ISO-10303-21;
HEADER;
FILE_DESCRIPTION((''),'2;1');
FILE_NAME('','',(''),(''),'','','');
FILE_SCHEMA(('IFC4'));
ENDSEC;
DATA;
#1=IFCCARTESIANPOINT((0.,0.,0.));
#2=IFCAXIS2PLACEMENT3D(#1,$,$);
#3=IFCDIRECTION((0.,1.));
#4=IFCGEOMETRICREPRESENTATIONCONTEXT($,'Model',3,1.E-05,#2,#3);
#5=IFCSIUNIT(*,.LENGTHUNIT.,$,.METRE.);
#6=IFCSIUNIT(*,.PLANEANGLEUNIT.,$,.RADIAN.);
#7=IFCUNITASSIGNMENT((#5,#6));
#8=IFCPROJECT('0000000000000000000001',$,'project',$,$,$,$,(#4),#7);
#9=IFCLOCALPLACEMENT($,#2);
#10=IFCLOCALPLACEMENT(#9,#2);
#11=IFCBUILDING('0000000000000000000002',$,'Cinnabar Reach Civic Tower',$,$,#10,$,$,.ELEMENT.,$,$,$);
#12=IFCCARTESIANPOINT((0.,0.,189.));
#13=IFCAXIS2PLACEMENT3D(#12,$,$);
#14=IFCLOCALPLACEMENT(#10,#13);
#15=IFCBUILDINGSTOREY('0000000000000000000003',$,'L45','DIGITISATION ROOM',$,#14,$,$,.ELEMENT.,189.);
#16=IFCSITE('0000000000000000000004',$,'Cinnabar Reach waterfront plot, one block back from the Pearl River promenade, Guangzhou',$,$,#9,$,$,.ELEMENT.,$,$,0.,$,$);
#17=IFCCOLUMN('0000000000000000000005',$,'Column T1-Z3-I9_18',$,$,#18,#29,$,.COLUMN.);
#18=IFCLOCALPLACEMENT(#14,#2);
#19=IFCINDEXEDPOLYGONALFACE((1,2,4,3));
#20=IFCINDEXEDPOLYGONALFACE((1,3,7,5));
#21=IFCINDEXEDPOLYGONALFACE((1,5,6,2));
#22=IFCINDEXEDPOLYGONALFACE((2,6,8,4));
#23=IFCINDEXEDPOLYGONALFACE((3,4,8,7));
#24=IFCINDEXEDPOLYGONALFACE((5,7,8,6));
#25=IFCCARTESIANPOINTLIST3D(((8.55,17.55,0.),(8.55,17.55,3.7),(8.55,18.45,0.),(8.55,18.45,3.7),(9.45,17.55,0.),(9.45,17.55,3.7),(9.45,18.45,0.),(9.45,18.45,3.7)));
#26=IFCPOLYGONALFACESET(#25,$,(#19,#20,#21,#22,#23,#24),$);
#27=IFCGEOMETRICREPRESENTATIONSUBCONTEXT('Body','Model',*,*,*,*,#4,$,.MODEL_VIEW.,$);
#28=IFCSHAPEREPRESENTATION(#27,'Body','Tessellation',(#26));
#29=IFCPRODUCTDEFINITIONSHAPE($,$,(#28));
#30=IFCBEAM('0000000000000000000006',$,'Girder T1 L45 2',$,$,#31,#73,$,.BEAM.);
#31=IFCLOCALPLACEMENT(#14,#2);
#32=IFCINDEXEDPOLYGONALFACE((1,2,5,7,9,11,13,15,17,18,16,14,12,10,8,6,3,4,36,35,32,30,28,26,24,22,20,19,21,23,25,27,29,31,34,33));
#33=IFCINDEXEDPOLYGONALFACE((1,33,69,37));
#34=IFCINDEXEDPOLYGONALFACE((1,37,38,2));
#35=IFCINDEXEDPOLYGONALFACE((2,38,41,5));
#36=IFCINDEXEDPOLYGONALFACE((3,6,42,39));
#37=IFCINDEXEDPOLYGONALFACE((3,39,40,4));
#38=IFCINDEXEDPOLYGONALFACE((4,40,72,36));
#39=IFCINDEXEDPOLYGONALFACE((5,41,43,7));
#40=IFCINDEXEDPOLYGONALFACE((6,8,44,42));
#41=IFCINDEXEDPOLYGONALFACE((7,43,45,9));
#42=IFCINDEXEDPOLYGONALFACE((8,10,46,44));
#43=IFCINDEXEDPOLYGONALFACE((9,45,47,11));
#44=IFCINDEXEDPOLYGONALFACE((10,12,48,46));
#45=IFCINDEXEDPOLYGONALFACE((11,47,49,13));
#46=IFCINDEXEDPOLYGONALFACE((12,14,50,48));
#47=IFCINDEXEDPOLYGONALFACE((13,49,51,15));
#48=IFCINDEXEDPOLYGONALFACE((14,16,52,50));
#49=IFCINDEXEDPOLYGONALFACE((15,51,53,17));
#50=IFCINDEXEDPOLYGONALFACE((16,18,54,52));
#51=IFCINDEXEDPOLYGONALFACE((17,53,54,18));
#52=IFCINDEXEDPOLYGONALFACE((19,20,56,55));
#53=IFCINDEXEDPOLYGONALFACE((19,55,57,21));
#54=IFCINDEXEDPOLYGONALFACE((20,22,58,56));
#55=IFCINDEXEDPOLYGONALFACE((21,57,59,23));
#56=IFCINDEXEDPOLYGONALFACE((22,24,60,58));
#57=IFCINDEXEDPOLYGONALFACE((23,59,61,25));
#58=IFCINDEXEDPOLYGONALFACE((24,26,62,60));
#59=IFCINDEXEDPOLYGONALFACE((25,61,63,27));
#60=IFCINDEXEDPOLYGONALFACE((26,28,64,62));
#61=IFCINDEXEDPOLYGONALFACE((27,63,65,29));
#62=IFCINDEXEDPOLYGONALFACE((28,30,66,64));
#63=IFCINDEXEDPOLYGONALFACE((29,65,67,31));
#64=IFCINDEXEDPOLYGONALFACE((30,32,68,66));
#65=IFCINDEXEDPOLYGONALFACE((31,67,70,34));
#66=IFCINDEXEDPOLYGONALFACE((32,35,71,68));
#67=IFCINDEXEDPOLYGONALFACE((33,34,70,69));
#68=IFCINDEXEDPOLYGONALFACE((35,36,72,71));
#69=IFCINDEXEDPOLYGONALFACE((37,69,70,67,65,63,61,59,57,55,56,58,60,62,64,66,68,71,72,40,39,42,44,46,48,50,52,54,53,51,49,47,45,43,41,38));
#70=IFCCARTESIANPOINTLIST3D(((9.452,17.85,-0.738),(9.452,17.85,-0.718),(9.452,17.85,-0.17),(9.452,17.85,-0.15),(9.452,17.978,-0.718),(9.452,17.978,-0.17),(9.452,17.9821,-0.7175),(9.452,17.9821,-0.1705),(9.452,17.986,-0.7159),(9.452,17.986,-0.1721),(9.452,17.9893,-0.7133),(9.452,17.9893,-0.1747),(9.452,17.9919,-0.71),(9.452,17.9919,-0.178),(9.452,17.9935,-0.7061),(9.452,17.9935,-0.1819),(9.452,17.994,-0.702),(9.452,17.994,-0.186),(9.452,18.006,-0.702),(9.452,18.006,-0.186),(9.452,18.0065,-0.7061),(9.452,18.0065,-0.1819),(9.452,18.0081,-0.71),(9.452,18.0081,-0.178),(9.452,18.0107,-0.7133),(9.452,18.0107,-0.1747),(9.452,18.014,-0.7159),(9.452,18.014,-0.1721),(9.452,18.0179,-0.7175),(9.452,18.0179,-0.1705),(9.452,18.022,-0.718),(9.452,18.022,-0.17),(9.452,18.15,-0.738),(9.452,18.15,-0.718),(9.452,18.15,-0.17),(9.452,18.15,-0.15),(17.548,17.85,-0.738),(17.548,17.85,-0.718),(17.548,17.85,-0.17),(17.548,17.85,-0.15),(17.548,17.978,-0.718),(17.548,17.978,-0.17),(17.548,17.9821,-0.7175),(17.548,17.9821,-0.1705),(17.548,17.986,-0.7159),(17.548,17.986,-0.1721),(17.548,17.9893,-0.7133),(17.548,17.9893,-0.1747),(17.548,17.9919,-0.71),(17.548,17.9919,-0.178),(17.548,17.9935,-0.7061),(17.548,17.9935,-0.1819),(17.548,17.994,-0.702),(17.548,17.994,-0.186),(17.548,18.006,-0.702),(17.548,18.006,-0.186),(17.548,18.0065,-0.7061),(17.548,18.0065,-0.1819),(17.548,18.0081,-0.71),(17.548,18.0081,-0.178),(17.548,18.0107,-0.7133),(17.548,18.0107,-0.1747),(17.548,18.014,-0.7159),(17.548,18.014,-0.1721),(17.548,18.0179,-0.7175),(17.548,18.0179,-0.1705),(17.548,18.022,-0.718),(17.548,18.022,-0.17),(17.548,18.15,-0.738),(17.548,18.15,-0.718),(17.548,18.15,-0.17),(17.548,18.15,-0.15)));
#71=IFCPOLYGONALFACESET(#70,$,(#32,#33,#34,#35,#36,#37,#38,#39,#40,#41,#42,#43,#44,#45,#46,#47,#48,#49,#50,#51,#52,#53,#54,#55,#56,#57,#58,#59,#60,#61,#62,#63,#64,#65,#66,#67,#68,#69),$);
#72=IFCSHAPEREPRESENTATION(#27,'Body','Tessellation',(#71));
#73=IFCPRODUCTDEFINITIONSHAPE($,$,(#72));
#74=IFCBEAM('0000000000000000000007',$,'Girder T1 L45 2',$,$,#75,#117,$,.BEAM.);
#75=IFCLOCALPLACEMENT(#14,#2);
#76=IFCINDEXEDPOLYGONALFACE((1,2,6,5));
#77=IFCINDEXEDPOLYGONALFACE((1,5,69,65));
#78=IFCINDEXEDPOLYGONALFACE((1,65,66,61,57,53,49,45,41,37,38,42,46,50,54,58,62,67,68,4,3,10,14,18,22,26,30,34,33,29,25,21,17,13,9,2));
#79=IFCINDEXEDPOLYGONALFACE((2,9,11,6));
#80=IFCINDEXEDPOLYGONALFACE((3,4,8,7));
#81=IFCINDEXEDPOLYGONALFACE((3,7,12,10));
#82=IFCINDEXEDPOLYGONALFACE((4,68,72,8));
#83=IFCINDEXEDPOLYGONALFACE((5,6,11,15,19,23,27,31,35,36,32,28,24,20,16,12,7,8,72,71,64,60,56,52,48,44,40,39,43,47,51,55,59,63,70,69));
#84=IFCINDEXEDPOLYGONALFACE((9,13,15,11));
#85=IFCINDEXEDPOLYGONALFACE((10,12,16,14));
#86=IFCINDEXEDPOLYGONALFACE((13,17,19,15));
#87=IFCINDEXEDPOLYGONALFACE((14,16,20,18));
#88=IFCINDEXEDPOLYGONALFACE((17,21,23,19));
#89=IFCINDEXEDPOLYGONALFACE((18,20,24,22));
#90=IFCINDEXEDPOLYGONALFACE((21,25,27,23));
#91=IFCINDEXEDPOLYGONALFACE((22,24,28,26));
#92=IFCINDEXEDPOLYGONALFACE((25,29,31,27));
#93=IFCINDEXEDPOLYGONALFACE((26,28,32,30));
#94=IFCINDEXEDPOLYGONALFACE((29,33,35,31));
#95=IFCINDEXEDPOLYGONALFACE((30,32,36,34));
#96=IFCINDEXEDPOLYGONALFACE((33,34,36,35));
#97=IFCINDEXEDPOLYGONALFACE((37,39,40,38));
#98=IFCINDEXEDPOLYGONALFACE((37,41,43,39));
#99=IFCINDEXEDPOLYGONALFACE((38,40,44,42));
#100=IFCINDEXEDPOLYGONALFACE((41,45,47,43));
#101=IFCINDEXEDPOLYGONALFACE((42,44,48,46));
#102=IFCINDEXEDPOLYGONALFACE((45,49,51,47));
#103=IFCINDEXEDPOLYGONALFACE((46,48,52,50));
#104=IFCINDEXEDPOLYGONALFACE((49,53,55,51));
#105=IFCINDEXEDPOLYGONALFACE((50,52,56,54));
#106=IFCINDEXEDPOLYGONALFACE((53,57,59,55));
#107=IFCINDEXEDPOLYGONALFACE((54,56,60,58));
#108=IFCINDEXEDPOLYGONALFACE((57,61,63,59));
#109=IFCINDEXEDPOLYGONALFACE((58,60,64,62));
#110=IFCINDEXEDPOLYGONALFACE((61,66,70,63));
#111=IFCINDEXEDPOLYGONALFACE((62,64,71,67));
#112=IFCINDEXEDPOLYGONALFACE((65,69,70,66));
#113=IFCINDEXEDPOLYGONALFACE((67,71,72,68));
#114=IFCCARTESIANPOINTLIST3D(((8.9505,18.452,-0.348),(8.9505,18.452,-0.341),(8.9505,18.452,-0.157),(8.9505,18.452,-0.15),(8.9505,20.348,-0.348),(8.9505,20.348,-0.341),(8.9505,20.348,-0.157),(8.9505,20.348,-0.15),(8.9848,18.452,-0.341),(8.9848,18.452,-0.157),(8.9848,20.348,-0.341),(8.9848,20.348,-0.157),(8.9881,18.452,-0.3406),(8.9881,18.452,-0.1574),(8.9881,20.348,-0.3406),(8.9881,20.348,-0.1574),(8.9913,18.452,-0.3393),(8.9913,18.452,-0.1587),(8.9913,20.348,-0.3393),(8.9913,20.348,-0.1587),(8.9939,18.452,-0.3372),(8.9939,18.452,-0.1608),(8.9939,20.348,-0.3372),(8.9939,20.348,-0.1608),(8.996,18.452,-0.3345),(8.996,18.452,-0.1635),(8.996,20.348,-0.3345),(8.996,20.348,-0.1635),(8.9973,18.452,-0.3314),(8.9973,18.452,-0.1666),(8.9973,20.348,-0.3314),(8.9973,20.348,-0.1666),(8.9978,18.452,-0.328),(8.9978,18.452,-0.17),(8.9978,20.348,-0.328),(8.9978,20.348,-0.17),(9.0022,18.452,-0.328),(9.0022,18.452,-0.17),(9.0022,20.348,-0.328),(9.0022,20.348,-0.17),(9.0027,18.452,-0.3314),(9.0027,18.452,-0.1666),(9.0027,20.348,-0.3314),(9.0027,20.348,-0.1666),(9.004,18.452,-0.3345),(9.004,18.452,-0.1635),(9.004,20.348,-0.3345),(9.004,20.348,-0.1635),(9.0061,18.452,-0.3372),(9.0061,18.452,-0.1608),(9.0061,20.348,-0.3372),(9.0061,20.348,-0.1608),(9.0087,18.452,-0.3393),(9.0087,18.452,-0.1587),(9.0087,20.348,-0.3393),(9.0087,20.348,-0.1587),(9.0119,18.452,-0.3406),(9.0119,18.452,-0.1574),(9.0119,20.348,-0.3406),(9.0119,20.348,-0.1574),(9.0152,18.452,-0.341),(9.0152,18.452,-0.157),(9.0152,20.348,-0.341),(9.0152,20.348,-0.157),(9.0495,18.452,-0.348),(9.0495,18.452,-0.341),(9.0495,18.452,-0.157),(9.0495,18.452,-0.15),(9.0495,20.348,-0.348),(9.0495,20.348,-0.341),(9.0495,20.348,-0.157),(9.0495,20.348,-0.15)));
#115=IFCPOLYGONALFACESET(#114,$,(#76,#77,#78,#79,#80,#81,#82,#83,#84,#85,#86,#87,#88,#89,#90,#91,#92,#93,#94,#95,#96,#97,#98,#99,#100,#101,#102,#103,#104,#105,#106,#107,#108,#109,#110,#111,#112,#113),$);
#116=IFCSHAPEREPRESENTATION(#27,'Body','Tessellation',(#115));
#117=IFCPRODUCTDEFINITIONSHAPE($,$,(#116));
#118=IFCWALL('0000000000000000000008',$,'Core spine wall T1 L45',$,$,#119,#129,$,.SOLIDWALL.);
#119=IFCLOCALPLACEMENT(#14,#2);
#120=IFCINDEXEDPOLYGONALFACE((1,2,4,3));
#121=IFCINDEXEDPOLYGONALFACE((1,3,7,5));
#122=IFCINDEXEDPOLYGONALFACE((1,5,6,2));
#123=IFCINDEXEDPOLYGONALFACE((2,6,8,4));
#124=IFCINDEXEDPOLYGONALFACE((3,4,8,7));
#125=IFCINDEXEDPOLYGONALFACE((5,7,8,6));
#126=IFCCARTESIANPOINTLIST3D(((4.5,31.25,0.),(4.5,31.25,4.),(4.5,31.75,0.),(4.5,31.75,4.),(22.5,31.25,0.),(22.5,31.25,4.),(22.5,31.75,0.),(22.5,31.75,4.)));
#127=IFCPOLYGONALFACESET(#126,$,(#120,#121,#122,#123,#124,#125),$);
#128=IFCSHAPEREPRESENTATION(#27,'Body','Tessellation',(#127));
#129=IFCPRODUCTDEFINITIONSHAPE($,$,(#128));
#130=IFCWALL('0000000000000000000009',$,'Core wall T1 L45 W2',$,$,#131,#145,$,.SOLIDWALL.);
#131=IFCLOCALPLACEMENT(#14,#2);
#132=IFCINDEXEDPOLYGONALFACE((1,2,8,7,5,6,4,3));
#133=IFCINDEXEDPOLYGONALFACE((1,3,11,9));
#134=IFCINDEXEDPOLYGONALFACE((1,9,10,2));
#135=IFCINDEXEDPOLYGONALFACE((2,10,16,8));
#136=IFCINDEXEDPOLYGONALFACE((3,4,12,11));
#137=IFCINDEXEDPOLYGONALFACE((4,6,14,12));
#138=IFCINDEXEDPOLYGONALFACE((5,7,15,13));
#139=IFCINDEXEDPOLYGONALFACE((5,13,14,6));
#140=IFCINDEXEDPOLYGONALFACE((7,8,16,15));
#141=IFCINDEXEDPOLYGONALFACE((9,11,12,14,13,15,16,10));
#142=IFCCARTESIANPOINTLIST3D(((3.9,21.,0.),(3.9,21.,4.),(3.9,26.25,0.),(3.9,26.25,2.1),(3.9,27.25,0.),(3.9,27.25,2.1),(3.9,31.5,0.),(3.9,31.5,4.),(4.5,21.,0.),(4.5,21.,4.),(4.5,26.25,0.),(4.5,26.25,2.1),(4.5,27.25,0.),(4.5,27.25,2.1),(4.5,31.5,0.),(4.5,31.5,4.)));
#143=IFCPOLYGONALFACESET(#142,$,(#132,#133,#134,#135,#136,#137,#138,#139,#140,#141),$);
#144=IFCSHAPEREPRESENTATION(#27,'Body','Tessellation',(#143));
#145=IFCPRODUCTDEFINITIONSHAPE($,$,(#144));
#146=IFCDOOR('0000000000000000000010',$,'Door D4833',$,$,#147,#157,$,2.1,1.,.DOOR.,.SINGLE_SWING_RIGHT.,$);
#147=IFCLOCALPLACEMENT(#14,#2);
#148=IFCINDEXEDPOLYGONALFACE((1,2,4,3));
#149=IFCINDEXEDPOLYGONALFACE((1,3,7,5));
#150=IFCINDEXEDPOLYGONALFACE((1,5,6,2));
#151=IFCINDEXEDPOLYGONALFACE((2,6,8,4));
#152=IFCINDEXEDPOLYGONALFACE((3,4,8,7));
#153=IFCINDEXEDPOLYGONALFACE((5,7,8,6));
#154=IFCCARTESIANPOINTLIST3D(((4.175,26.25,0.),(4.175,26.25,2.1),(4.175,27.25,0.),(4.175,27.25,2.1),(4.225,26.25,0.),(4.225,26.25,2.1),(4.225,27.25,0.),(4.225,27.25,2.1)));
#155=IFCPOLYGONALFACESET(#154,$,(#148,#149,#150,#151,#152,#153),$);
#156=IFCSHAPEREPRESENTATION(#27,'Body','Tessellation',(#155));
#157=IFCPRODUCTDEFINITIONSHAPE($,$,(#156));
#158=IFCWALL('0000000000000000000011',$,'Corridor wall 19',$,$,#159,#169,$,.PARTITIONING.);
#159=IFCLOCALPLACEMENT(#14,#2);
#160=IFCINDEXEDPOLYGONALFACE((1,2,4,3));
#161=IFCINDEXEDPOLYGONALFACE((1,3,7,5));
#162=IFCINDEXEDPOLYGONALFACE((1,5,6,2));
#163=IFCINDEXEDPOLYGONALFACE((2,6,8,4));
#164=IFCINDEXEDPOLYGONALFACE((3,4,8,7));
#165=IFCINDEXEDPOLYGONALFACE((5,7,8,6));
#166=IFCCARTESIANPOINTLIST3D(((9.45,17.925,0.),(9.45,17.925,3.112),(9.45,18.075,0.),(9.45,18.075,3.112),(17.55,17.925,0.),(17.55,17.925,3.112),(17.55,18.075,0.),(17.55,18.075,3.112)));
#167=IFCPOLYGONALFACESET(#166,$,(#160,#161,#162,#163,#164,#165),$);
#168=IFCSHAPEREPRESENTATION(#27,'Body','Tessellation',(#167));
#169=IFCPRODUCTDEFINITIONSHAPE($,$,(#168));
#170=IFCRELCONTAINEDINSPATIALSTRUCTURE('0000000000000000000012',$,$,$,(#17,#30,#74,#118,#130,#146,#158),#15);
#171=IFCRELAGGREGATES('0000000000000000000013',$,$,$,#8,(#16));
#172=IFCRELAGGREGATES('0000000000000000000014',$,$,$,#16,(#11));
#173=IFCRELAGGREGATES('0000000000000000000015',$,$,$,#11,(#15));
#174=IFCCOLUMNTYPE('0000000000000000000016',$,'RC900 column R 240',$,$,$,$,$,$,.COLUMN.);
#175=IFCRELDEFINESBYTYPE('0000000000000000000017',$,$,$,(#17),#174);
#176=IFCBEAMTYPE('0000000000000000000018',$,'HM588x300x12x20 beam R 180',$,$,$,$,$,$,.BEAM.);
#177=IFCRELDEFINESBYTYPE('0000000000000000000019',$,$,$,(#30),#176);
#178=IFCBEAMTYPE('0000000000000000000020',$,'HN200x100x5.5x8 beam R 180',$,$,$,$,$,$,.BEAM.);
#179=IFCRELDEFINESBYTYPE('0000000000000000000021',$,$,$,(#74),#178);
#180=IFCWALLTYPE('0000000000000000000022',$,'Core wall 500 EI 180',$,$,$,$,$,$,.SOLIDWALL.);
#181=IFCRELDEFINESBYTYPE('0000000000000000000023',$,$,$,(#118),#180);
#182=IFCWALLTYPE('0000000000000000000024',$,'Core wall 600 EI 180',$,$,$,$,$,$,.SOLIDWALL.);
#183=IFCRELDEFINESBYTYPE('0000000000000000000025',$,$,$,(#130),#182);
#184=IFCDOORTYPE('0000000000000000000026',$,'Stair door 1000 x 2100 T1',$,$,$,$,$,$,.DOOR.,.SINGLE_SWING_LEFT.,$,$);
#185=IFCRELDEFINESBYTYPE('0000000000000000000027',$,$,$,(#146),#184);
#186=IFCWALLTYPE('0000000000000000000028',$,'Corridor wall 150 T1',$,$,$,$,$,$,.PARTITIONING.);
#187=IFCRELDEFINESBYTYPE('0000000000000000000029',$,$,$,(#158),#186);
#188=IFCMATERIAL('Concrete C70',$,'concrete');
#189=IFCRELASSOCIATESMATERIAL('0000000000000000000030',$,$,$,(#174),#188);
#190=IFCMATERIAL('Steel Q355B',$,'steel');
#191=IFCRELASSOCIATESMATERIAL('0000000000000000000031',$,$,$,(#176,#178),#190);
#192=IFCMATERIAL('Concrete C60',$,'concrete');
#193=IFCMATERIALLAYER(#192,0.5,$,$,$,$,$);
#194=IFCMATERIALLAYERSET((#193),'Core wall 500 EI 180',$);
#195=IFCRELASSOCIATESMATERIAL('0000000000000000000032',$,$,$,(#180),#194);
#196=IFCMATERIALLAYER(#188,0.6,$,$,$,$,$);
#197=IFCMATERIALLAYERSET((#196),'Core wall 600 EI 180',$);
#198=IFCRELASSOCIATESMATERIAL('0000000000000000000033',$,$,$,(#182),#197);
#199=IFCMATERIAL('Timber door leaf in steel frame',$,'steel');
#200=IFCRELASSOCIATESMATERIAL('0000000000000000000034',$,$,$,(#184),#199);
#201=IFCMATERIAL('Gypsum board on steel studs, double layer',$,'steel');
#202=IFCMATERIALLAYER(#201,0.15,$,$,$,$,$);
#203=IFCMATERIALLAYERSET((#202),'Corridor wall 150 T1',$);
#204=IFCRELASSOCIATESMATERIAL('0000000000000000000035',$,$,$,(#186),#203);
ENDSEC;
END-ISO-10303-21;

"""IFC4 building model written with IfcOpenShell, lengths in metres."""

from ifc_helpers import new_model, si_unit, direction, frame, frame_2d, origin, origin_2d, place, context, subcontext, project, spatial, rectangle, i_section, extrude, material, layer, layer_set, material_profile, profile_set, type_object, element, fill, save


model = new_model("IFC4")

# Units and contexts
model_context = context("Model", 3, precision=1e-05, world=origin(), true_north=direction((0.0, 1.0)))
body_context = subcontext(model_context, "Body", "Model", "MODEL_VIEW")
ifc_project = project(units=[si_unit("LENGTHUNIT", "METRE"), si_unit("PLANEANGLEUNIT", "RADIAN")], contexts=[model_context])

# Site, building, storey
site_placement = place(None, origin())
site = spatial("IfcSite", under=ifc_project, at=site_placement, Name="Cinnabar Reach waterfront plot, one block back from the Pearl River promenade, Guangzhou", CompositionType="ELEMENT", RefElevation=0.0)
building_placement = place(site_placement, origin())
building = spatial("IfcBuilding", under=site, at=building_placement, Name="Cinnabar Reach Civic Tower", CompositionType="ELEMENT")
storey_placement = place(building_placement, frame((0.0, 0.0, 189.0)))
storey = spatial("IfcBuildingStorey", under=building, at=storey_placement, Name="L45", Description="DIGITISATION ROOM", CompositionType="ELEMENT", Elevation=189.0)

# Column
ifc_material_1 = material(Name="Concrete C70", Category="concrete")
ifc_material_profile_1 = material_profile(ifc_material_1, rectangle(XDim=0.9, YDim=0.9, at=origin_2d()), Name="RC900")
ifc_profile_set_1 = profile_set([ifc_material_profile_1], Name="Concrete C70")
column_type = type_object("IfcColumnType", Name="RC900 column R 240", PredefinedType="COLUMN", material=ifc_profile_set_1)
column_placement = place(storey_placement, frame((9.0, 18.0, 0.0), z_axis=(0.0, 0.0, 1.0), x_axis=(1.0, 0.0, 0.0)))
element("IfcColumn", 1, at=column_placement, inside=storey, type_object=column_type, Name="Column T1-Z3-I9_18", PredefinedType="COLUMN", context=body_context, shape_type="SweptSolid", body=[
    extrude(rectangle(XDim=0.9, YDim=0.9, at=origin_2d()), origin(), (0.0, 0.0, 1.0), 3.7),
])

# Beams
ifc_material_2 = material(Name="Steel Q355B", Category="steel")
ifc_material_profile_2 = material_profile(ifc_material_2, i_section(OverallWidth=0.3, OverallDepth=0.588, WebThickness=0.012, FlangeThickness=0.02, FilletRadius=0.016, at=origin_2d()), Name="HM588x300x12x20")
ifc_profile_set_2 = profile_set([ifc_material_profile_2], Name="Steel Q355B")
beam_type_1 = type_object("IfcBeamType", Name="HM588x300x12x20 beam R 180", PredefinedType="BEAM", material=ifc_profile_set_2)
beam_1_placement = place(storey_placement, frame((9.452, 18.0, -0.444), z_axis=(1.0, 0.0, 0.0), x_axis=(0.0, 1.0, 0.0)))
element("IfcBeam", 2, at=beam_1_placement, inside=storey, type_object=beam_type_1, Name="Girder T1 L45 2", PredefinedType="BEAM", context=body_context, shape_type="SweptSolid", body=[
    extrude(i_section(OverallWidth=0.3, OverallDepth=0.588, WebThickness=0.012, FlangeThickness=0.02, FilletRadius=0.016, at=origin_2d()), origin(), (0.0, 0.0, 1.0), 8.096),
])
ifc_material_profile_3 = material_profile(ifc_material_2, i_section(OverallWidth=0.099, OverallDepth=0.198, WebThickness=0.0045, FlangeThickness=0.007, FilletRadius=0.013, at=origin_2d()), Name="HN200x100x5.5x8")
ifc_profile_set_3 = profile_set([ifc_material_profile_3], Name="Steel Q355B")
beam_type_2 = type_object("IfcBeamType", Name="HN200x100x5.5x8 beam R 180", PredefinedType="BEAM", material=ifc_profile_set_3)
beam_2_placement = place(storey_placement, frame((9.0, 18.452, -0.249), z_axis=(0.0, 1.0, 0.0), x_axis=(-1.0, 0.0, 0.0)))
element("IfcBeam", 3, at=beam_2_placement, inside=storey, type_object=beam_type_2, Name="Girder T1 L45 2", PredefinedType="BEAM", context=body_context, shape_type="SweptSolid", body=[
    extrude(i_section(OverallWidth=0.099, OverallDepth=0.198, WebThickness=0.0045, FlangeThickness=0.007, FilletRadius=0.013, at=origin_2d()), origin(), (0.0, 0.0, 1.0), 1.896),
])

# Wall
ifc_material_3 = material(Name="Concrete C60", Category="concrete")
ifc_layer_1 = layer(ifc_material_3, 0.5)
ifc_layer_set_1 = layer_set([ifc_layer_1], Name="Core wall 500 EI 180")
wall_type_1 = type_object("IfcWallType", Name="Core wall 500 EI 180", PredefinedType="SOLIDWALL", material=ifc_layer_set_1)
wall_1_placement = place(storey_placement, frame((4.5, 31.5, 0.0), z_axis=(0.0, 0.0, 1.0), x_axis=(1.0, 0.0, 0.0)))
element("IfcWall", 4, at=wall_1_placement, inside=storey, type_object=wall_type_1, Name="Core spine wall T1 L45", PredefinedType="SOLIDWALL", context=body_context, shape_type="SweptSolid", body=[
    extrude(rectangle(XDim=18.0, YDim=0.5, at=frame_2d((9.0, 0.0))), origin(), (0.0, 0.0, 1.0), 4.0),
])

# Wall, opening, door
ifc_layer_2 = layer(ifc_material_1, 0.6)
ifc_layer_set_2 = layer_set([ifc_layer_2], Name="Core wall 600 EI 180")
wall_type_2 = type_object("IfcWallType", Name="Core wall 600 EI 180", PredefinedType="SOLIDWALL", material=ifc_layer_set_2)
wall_2_placement = place(storey_placement, frame((4.2, 31.5, 0.0), z_axis=(0.0, 0.0, 1.0), x_axis=(0.0, -1.0, 0.0)))
wall_2 = element("IfcWall", 5, at=wall_2_placement, inside=storey, type_object=wall_type_2, Name="Core wall T1 L45 W2", PredefinedType="SOLIDWALL", context=body_context, shape_type="SweptSolid", body=[
    extrude(rectangle(XDim=10.5, YDim=0.6, at=frame_2d((5.25, 0.0))), origin(), (0.0, 0.0, 1.0), 4.0),
])
opening_1_placement = place(wall_2_placement, frame((4.25, 0.0, 0.0)))
opening_1 = element("IfcOpeningElement", 6, at=opening_1_placement, cuts=wall_2, PredefinedType="OPENING", context=body_context, shape_type="SweptSolid", body=[
    extrude(rectangle(XDim=1.0, YDim=2.1, at=frame_2d((0.5, 1.05))), frame((0.0, 0.31, 0.0), z_axis=(0.0, -1.0, 0.0), x_axis=(1.0, 0.0, 0.0)), (0.0, 0.0, 1.0), 0.62),
])
ifc_material_4 = material(Name="Timber door leaf in steel frame", Category="steel")
door_type_1 = type_object("IfcDoorType", Name="Stair door 1000 x 2100 T1", OperationType="SINGLE_SWING_LEFT", PredefinedType="DOOR", material=ifc_material_4)
door_1_placement = place(opening_1_placement, frame((1.0, 0.0, 0.0), z_axis=(0.0, 0.0, 1.0), x_axis=(-1.0, 0.0, 0.0)))
door_1 = element("IfcDoor", 7, at=door_1_placement, inside=storey, type_object=door_type_1, Name="Door D4833", OperationType="SINGLE_SWING_RIGHT", OverallHeight=2.1, OverallWidth=1.0, PredefinedType="DOOR", context=body_context, shape_type="SweptSolid", body=[
    extrude(rectangle(XDim=1.0, YDim=2.1, at=frame_2d((0.5, 1.05))), frame((0.0, 0.025, 0.0), z_axis=(0.0, -1.0, 0.0), x_axis=(1.0, 0.0, 0.0)), (0.0, 0.0, 1.0), 0.05),
])
fill(opening_1, door_1)

# Wall
ifc_material_5 = material(Name="Gypsum board on steel studs, double layer", Category="steel")
ifc_layer_3 = layer(ifc_material_5, 0.15)
ifc_layer_set_3 = layer_set([ifc_layer_3], Name="Corridor wall 150 T1")
wall_type_3 = type_object("IfcWallType", Name="Corridor wall 150 T1", PredefinedType="PARTITIONING", material=ifc_layer_set_3)
wall_3_placement = place(storey_placement, frame((9.45, 18.0, 0.0), z_axis=(0.0, 0.0, 1.0), x_axis=(1.0, 0.0, 0.0)))
element("IfcWall", 8, at=wall_3_placement, inside=storey, type_object=wall_type_3, Name="Corridor wall 19", PredefinedType="PARTITIONING", context=body_context, shape_type="SweptSolid", body=[
    extrude(rectangle(XDim=8.1, YDim=0.15, at=frame_2d((4.05, 0.0))), origin(), (0.0, 0.0, 1.0), 3.112),
])

save(model, "model.ifc")
